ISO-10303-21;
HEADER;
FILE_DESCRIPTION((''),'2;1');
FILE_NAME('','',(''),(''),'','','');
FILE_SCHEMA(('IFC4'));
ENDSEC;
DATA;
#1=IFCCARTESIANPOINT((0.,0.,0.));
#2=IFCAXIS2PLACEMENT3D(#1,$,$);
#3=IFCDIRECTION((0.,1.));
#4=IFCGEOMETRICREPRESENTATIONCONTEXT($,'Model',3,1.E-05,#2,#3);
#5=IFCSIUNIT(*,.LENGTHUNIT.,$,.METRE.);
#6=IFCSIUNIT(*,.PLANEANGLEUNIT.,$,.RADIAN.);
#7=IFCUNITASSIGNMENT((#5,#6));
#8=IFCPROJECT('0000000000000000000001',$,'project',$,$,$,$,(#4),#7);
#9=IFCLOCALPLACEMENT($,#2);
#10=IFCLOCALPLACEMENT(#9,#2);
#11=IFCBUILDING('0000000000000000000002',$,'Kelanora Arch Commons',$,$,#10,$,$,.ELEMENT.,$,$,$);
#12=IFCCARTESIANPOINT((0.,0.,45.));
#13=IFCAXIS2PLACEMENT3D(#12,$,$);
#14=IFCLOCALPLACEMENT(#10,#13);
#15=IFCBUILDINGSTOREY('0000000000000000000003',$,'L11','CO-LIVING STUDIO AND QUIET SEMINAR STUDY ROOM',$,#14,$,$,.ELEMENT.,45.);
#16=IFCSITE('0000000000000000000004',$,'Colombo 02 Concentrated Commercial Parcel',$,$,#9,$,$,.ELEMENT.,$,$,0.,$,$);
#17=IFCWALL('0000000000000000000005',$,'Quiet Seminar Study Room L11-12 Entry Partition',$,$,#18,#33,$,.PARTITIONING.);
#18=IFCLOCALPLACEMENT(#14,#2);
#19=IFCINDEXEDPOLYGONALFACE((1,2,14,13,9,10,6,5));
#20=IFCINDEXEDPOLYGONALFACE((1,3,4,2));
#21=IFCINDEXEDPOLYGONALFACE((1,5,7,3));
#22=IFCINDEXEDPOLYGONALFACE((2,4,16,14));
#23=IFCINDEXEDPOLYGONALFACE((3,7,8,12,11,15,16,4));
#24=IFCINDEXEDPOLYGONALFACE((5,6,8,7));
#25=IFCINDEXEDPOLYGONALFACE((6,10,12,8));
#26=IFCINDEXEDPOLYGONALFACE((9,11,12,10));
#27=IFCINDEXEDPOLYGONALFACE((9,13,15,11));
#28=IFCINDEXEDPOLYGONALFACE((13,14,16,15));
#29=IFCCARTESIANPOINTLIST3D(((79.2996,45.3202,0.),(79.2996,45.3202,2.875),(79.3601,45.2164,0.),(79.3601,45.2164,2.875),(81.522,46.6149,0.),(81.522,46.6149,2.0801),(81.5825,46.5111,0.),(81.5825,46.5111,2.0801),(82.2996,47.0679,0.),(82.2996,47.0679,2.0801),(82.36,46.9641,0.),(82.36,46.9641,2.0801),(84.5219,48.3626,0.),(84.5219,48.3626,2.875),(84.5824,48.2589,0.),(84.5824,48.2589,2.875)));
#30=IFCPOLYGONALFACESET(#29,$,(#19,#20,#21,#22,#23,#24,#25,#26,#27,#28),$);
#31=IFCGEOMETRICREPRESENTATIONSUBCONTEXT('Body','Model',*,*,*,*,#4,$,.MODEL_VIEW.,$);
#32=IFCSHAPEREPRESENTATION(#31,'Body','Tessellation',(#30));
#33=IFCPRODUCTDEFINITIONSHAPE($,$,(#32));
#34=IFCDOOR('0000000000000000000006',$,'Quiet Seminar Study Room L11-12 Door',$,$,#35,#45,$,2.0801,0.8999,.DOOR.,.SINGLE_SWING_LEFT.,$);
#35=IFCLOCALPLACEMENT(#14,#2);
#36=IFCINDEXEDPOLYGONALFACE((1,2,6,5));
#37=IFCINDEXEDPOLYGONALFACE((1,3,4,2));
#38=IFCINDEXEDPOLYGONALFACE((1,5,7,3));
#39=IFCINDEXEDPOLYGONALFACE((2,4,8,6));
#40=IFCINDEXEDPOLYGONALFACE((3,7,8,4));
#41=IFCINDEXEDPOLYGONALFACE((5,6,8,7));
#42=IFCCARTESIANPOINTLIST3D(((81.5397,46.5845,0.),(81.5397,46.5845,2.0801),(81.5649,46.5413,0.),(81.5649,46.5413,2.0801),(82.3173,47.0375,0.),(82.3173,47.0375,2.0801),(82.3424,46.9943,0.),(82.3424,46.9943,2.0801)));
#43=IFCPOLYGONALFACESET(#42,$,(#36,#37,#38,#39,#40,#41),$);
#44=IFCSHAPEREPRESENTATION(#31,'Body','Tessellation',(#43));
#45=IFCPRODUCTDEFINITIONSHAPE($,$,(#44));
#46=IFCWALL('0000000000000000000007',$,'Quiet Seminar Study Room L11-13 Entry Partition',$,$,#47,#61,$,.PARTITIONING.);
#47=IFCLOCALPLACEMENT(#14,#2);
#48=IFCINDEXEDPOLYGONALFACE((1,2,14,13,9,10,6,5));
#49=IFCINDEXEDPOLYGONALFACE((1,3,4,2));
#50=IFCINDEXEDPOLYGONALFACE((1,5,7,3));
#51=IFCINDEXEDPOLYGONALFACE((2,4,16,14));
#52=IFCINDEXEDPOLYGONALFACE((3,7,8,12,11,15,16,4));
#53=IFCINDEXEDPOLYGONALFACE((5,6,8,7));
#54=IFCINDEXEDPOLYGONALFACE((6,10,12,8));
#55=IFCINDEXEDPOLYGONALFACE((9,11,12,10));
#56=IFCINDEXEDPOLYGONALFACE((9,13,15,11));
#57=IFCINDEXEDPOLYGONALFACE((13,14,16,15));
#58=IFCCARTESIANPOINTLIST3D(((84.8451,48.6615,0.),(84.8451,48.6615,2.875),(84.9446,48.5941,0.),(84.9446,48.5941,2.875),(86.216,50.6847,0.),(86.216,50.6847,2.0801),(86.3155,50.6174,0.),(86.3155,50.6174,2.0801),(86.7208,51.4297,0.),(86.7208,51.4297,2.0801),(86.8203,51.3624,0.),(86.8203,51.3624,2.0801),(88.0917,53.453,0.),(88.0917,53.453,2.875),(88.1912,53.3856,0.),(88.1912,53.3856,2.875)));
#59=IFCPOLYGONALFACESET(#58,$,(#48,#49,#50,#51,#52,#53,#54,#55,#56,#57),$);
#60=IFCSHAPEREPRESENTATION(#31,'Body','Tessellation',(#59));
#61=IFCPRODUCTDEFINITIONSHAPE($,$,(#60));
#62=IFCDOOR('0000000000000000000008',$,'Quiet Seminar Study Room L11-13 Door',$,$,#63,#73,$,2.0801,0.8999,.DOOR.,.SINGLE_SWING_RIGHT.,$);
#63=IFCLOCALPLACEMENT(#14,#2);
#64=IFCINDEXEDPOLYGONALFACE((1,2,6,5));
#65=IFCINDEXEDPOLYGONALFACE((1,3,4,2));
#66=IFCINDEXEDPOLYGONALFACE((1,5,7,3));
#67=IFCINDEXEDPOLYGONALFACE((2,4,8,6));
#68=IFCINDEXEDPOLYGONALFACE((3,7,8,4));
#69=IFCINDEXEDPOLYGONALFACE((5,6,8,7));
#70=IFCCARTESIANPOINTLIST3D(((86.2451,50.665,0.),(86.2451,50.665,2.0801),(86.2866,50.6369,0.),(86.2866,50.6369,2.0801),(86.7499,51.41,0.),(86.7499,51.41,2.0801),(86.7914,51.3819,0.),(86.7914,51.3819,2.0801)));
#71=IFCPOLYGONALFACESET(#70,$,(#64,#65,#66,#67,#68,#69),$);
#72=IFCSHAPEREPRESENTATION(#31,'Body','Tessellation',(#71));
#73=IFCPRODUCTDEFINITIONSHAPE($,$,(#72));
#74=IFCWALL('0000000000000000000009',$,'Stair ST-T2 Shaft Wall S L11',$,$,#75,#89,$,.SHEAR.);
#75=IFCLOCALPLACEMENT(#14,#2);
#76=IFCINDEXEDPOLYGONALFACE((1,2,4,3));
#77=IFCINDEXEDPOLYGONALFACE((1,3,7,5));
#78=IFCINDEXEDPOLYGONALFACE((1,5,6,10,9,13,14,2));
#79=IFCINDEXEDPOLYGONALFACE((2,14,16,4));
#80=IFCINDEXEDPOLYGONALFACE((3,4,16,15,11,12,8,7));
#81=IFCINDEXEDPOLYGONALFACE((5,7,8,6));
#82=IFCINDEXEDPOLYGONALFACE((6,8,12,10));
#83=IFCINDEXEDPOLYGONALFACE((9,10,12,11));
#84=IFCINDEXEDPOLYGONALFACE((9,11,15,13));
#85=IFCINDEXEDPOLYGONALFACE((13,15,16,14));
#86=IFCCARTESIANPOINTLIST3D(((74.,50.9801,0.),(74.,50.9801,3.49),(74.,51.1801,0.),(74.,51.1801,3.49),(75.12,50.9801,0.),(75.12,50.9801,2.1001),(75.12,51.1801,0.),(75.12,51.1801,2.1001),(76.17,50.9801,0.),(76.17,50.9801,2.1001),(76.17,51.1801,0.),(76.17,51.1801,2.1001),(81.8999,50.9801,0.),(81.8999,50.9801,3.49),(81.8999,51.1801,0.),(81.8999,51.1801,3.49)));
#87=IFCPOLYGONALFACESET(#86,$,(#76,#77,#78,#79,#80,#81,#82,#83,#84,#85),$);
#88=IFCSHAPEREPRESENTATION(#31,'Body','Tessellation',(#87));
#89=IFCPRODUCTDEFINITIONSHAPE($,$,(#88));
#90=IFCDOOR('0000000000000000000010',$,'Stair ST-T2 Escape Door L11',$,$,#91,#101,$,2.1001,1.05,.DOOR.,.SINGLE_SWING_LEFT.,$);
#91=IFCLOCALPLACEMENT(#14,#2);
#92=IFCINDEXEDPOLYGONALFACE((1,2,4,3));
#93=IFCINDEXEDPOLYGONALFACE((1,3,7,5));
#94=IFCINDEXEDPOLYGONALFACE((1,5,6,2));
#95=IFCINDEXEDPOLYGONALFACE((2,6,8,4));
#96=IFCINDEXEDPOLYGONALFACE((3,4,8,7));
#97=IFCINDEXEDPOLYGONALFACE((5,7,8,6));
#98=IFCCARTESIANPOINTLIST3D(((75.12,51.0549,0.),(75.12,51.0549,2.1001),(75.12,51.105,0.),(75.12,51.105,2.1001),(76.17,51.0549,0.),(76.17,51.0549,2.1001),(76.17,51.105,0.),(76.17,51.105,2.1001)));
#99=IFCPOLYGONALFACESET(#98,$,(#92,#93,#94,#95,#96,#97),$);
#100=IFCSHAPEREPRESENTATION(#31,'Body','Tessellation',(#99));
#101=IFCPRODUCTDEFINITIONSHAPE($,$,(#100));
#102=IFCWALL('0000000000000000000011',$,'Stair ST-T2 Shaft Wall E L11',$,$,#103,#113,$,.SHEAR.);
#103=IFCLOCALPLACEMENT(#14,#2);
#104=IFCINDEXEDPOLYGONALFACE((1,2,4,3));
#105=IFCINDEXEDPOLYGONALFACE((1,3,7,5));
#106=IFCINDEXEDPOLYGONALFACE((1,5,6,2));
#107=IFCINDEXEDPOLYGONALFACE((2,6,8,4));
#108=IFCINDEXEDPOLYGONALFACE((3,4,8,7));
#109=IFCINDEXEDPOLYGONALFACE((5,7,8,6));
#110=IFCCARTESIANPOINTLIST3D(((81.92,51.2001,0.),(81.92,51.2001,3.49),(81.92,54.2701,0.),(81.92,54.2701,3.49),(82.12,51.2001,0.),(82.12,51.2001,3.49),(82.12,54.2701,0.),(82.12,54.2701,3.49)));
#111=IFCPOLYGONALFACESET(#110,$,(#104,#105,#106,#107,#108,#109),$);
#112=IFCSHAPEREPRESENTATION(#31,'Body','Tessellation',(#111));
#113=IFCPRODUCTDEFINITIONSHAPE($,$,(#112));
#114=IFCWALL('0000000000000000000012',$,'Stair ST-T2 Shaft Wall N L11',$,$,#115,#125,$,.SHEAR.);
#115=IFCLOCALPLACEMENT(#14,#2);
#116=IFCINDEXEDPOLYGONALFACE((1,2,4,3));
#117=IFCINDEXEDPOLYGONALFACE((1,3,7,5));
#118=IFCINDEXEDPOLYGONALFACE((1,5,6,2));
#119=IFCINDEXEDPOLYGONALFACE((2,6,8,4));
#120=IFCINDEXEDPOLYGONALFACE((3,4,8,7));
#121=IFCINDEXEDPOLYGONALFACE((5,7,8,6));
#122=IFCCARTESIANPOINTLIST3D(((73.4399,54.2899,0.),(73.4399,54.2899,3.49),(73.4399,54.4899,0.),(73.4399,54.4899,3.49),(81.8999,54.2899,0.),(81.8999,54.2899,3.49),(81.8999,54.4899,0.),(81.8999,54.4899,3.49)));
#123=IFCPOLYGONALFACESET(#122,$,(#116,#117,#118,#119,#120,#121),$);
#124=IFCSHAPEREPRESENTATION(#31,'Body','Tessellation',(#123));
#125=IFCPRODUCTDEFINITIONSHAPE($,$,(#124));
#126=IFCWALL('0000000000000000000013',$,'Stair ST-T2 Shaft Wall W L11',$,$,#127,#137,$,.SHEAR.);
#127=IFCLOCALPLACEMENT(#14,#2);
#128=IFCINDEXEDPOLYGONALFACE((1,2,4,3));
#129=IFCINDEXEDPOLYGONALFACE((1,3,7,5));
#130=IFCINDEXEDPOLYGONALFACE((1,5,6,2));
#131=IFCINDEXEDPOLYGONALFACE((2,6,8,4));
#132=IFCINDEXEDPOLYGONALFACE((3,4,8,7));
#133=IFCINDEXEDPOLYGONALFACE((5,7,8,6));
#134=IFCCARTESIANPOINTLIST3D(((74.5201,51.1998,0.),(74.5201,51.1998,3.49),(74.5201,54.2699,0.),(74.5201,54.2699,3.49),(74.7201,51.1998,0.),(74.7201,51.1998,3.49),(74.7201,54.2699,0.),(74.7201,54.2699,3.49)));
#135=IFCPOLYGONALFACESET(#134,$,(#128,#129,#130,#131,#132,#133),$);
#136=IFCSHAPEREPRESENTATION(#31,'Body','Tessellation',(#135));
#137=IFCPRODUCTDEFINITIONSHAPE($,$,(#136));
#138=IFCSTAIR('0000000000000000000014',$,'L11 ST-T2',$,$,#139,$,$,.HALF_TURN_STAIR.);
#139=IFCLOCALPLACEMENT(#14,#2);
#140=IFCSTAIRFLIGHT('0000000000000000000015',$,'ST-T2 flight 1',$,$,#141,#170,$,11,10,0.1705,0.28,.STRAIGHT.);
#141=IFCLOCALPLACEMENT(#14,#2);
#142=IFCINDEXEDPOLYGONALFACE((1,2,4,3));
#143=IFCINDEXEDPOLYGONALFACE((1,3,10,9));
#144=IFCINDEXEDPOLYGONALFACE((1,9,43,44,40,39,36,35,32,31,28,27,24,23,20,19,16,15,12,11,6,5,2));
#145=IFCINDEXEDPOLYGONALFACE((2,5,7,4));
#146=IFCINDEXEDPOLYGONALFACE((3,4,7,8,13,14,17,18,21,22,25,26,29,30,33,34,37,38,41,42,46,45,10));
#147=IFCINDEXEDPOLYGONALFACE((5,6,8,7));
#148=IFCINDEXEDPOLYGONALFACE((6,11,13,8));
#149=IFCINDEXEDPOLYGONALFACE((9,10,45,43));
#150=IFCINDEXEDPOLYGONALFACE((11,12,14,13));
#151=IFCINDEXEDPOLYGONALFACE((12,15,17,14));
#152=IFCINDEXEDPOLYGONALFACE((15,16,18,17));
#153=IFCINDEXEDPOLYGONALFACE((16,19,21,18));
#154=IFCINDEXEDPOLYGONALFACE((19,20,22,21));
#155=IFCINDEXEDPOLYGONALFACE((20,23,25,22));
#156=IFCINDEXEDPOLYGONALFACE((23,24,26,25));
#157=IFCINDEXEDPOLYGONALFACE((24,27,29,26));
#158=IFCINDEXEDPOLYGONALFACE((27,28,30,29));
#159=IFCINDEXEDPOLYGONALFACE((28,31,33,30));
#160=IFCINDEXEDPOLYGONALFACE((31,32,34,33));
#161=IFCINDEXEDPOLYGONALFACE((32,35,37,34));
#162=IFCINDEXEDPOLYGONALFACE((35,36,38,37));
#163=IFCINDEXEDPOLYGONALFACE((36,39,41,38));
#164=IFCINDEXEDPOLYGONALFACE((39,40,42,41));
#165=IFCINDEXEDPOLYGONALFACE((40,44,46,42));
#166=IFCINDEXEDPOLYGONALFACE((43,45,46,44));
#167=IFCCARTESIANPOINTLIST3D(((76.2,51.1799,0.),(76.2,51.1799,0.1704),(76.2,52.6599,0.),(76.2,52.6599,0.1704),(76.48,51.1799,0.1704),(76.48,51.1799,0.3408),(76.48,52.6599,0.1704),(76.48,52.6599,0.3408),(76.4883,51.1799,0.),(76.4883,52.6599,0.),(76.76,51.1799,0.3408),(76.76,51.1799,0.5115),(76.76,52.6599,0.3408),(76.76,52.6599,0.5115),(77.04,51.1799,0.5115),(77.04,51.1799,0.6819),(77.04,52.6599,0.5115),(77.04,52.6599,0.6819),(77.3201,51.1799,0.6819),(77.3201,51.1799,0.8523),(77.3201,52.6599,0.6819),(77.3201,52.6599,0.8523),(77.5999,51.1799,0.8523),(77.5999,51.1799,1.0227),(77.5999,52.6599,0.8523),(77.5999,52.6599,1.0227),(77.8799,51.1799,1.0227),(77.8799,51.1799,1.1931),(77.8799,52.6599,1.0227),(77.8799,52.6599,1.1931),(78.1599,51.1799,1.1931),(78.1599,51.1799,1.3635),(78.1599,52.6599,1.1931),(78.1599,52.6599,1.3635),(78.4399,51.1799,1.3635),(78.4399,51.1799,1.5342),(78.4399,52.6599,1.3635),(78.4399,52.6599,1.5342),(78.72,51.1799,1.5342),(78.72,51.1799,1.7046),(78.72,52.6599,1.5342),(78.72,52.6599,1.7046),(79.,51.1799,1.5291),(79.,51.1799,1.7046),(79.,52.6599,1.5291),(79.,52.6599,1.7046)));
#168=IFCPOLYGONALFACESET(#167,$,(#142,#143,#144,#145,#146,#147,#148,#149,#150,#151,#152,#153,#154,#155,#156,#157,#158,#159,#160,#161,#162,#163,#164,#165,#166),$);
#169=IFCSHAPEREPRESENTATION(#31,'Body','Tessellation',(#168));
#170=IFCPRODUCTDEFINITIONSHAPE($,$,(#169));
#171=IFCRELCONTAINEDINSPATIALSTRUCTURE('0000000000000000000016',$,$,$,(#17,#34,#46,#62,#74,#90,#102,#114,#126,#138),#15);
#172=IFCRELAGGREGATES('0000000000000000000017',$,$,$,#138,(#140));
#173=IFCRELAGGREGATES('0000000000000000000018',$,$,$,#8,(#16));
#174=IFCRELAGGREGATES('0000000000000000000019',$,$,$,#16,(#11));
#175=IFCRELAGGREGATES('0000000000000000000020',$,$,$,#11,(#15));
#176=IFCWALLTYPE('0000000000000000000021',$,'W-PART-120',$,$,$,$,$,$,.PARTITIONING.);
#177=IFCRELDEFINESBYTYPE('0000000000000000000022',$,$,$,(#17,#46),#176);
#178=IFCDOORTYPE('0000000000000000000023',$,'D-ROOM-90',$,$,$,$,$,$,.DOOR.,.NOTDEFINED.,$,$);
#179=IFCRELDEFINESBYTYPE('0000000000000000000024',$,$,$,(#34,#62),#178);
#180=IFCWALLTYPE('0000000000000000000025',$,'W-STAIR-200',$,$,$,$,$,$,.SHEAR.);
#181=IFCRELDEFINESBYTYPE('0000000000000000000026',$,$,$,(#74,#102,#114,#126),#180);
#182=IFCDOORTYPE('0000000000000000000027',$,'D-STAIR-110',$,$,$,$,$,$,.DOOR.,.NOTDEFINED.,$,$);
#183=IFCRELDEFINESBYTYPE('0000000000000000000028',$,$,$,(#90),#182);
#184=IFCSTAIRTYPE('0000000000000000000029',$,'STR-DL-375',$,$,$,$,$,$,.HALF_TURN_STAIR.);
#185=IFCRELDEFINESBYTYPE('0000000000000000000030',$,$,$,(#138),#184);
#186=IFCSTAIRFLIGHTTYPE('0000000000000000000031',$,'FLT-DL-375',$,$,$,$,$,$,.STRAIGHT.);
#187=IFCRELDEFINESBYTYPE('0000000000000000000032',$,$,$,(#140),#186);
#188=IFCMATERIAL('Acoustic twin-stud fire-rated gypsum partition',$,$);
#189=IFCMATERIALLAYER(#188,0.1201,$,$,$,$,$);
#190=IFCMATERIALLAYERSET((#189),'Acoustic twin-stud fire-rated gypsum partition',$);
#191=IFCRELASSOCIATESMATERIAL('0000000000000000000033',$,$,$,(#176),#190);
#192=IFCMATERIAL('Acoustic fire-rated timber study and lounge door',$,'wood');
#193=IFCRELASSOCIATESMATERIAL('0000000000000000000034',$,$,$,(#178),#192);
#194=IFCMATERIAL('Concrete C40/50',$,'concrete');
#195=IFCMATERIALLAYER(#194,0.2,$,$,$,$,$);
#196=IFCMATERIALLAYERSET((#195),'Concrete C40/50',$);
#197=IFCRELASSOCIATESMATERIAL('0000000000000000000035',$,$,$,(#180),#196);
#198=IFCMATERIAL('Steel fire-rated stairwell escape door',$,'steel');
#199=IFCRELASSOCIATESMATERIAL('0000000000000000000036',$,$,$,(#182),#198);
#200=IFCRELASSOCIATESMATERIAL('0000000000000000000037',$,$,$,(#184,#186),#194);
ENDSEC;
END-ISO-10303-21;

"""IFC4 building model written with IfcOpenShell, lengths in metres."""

from ifc_helpers import new_model, si_unit, direction, frame, frame_2d, origin, place, context, subcontext, project, spatial, polyline, rectangle, outline, extrude, material, layer, layer_set, type_object, element, fill, aggregate, save


model = new_model("IFC4")

# Units and contexts
model_context = context("Model", 3, precision=1e-05, world=origin(), true_north=direction((0.0, 1.0)))
body_context = subcontext(model_context, "Body", "Model", "MODEL_VIEW")
ifc_project = project(units=[si_unit("LENGTHUNIT", "METRE"), si_unit("PLANEANGLEUNIT", "RADIAN")], contexts=[model_context])

# Site, building, storey
site_placement = place(None, origin())
site = spatial("IfcSite", under=ifc_project, at=site_placement, Name="Colombo 02 Concentrated Commercial Parcel", CompositionType="ELEMENT", RefElevation=0.0)
building_placement = place(site_placement, origin())
building = spatial("IfcBuilding", under=site, at=building_placement, Name="Kelanora Arch Commons", CompositionType="ELEMENT")
storey_placement = place(building_placement, frame((0.0, 0.0, 45.0)))
storey = spatial("IfcBuildingStorey", under=building, at=storey_placement, Name="L11", Description="CO-LIVING STUDIO AND QUIET SEMINAR STUDY ROOM", CompositionType="ELEMENT", Elevation=45.0)

# Shared definitions
ifc_material_1 = material(Name="Concrete C40/50", Category="concrete")

# Walls, openings, doors
ifc_material_2 = material(Name="Acoustic twin-stud fire-rated gypsum partition")
ifc_layer_1 = layer(ifc_material_2, 0.1201)
ifc_layer_set_1 = layer_set([ifc_layer_1], Name="Acoustic twin-stud fire-rated gypsum partition")
wall_type_1 = type_object("IfcWallType", Name="W-PART-120", PredefinedType="PARTITIONING", material=ifc_layer_set_1)
wall_1_placement = place(storey_placement, frame((79.3298, 45.2683, 0.0), z_axis=(0.0, 0.0, 1.0), x_axis=(0.864062, 0.503386, 0.0)))
wall_1 = element("IfcWall", 1, at=wall_1_placement, inside=storey, type_object=wall_type_1, Name="Quiet Seminar Study Room L11-12 Entry Partition", PredefinedType="PARTITIONING", context=body_context, shape_type="SweptSolid", body=[
    extrude(rectangle(XDim=6.0439, YDim=0.1201, at=frame_2d((3.022, 0.0))), origin(), (0.0, 0.0, 1.0), 2.875),
])
opening_1_placement = place(wall_1_placement, frame((2.572, 0.0, 0.0)))
opening_1 = element("IfcOpeningElement", 2, at=opening_1_placement, cuts=wall_1, PredefinedType="OPENING", context=body_context, shape_type="SweptSolid", body=[
    extrude(rectangle(XDim=0.8999, YDim=2.0801, at=frame_2d((0.45, 1.04))), frame((0.0, 0.0701, 0.0), z_axis=(0.0, -1.0, 0.0), x_axis=(1.0, 0.0, 0.0)), (0.0, 0.0, 1.0), 0.1401),
])
ifc_material_3 = material(Name="Acoustic fire-rated timber study and lounge door", Category="wood")
door_type_1 = type_object("IfcDoorType", Name="D-ROOM-90", OperationType="NOTDEFINED", PredefinedType="DOOR", material=ifc_material_3)
door_1_placement = place(opening_1_placement, origin())
door_1 = element("IfcDoor", 3, at=door_1_placement, inside=storey, type_object=door_type_1, Name="Quiet Seminar Study Room L11-12 Door", OperationType="SINGLE_SWING_LEFT", OverallHeight=2.0801, OverallWidth=0.8999, PredefinedType="DOOR", context=body_context, shape_type="SweptSolid", body=[
    extrude(rectangle(XDim=0.8999, YDim=2.0801, at=frame_2d((0.45, 1.04))), frame((0.0, 0.0249, 0.0), z_axis=(0.0, -1.0, 0.0), x_axis=(1.0, 0.0, 0.0)), (0.0, 0.0, 1.0), 0.05),
])
fill(opening_1, door_1)
wall_2_placement = place(storey_placement, frame((84.8948, 48.6277, 0.0), z_axis=(0.0, 0.0, 1.0), x_axis=(0.560934, 0.827861, 0.0)))
wall_2 = element("IfcWall", 4, at=wall_2_placement, inside=storey, type_object=wall_type_1, Name="Quiet Seminar Study Room L11-13 Entry Partition", PredefinedType="PARTITIONING", context=body_context, shape_type="SweptSolid", body=[
    extrude(rectangle(XDim=5.7878, YDim=0.1201, at=frame_2d((2.894, 0.0))), origin(), (0.0, 0.0, 1.0), 2.875),
])
opening_2_placement = place(wall_2_placement, frame((2.4441, 0.0, 0.0)))
opening_2 = element("IfcOpeningElement", 5, at=opening_2_placement, cuts=wall_2, PredefinedType="OPENING", context=body_context, shape_type="SweptSolid", body=[
    extrude(rectangle(XDim=0.8999, YDim=2.0801, at=frame_2d((0.45, 1.04))), frame((0.0, 0.0701, 0.0), z_axis=(0.0, -1.0, 0.0), x_axis=(1.0, 0.0, 0.0)), (0.0, 0.0, 1.0), 0.1401),
])
door_2_placement = place(opening_2_placement, origin())
door_2 = element("IfcDoor", 6, at=door_2_placement, inside=storey, type_object=door_type_1, Name="Quiet Seminar Study Room L11-13 Door", OperationType="SINGLE_SWING_RIGHT", OverallHeight=2.0801, OverallWidth=0.8999, PredefinedType="DOOR", context=body_context, shape_type="SweptSolid", body=[
    extrude(rectangle(XDim=0.8999, YDim=2.0801, at=frame_2d((0.45, 1.04))), frame((0.0, 0.0249, 0.0), z_axis=(0.0, -1.0, 0.0), x_axis=(1.0, 0.0, 0.0)), (0.0, 0.0, 1.0), 0.05),
])
fill(opening_2, door_2)
ifc_layer_2 = layer(ifc_material_1, 0.2)
ifc_layer_set_2 = layer_set([ifc_layer_2], Name="Concrete C40/50")
wall_type_2 = type_object("IfcWallType", Name="W-STAIR-200", PredefinedType="SHEAR", material=ifc_layer_set_2)
wall_3_placement = place(storey_placement, frame((74.0, 51.0801, 0.0), z_axis=(0.0, 0.0, 1.0), x_axis=(1.0, 0.0, 0.0)))
wall_3 = element("IfcWall", 7, at=wall_3_placement, inside=storey, type_object=wall_type_2, Name="Stair ST-T2 Shaft Wall S L11", PredefinedType="SHEAR", context=body_context, shape_type="SweptSolid", body=[
    extrude(rectangle(XDim=7.8999, YDim=0.2, at=frame_2d((3.95, 0.0))), origin(), (0.0, 0.0, 1.0), 3.49),
])
opening_3_placement = place(wall_3_placement, frame((1.1201, 0.0, 0.0)))
opening_3 = element("IfcOpeningElement", 8, at=opening_3_placement, cuts=wall_3, PredefinedType="OPENING", context=body_context, shape_type="SweptSolid", body=[
    extrude(rectangle(XDim=1.05, YDim=2.1001, at=frame_2d((0.5249, 1.05))), frame((0.0, 0.1099, 0.0), z_axis=(0.0, -1.0, 0.0), x_axis=(1.0, 0.0, 0.0)), (0.0, 0.0, 1.0), 0.22),
])
ifc_material_4 = material(Name="Steel fire-rated stairwell escape door", Category="steel")
door_type_2 = type_object("IfcDoorType", Name="D-STAIR-110", OperationType="NOTDEFINED", PredefinedType="DOOR", material=ifc_material_4)
door_3_placement = place(opening_3_placement, origin())
door_3 = element("IfcDoor", 9, at=door_3_placement, inside=storey, type_object=door_type_2, Name="Stair ST-T2 Escape Door L11", OperationType="SINGLE_SWING_LEFT", OverallHeight=2.1001, OverallWidth=1.05, PredefinedType="DOOR", context=body_context, shape_type="SweptSolid", body=[
    extrude(rectangle(XDim=1.05, YDim=2.1001, at=frame_2d((0.5249, 1.05))), frame((0.0, 0.0249, 0.0), z_axis=(0.0, -1.0, 0.0), x_axis=(1.0, 0.0, 0.0)), (0.0, 0.0, 1.0), 0.05),
])
fill(opening_3, door_3)

# Walls
wall_4_placement = place(storey_placement, frame((82.02, 51.2, 0.0), z_axis=(0.0, 0.0, 1.0), x_axis=(0.0, 1.0, 0.0)))
element("IfcWall", 10, at=wall_4_placement, inside=storey, type_object=wall_type_2, Name="Stair ST-T2 Shaft Wall E L11", PredefinedType="SHEAR", context=body_context, shape_type="SweptSolid", body=[
    extrude(rectangle(XDim=3.0701, YDim=0.2, at=frame_2d((1.5352, 0.0))), origin(), (0.0, 0.0, 1.0), 3.49),
])
wall_5_placement = place(storey_placement, frame((81.8999, 54.3899, 0.0), z_axis=(0.0, 0.0, 1.0), x_axis=(-1.0, 0.0, 0.0)))
element("IfcWall", 11, at=wall_5_placement, inside=storey, type_object=wall_type_2, Name="Stair ST-T2 Shaft Wall N L11", PredefinedType="SHEAR", context=body_context, shape_type="SweptSolid", body=[
    extrude(rectangle(XDim=8.46, YDim=0.2, at=frame_2d((4.23, 0.0))), origin(), (0.0, 0.0, 1.0), 3.49),
])
wall_6_placement = place(storey_placement, frame((74.6201, 54.27, 0.0), z_axis=(0.0, 0.0, 1.0), x_axis=(0.0, -1.0, 0.0)))
element("IfcWall", 12, at=wall_6_placement, inside=storey, type_object=wall_type_2, Name="Stair ST-T2 Shaft Wall W L11", PredefinedType="SHEAR", context=body_context, shape_type="SweptSolid", body=[
    extrude(rectangle(XDim=3.0701, YDim=0.2, at=frame_2d((1.5352, 0.0))), origin(), (0.0, 0.0, 1.0), 3.49),
])

# Stair, stair flight
stair_type = type_object("IfcStairType", Name="STR-DL-375", PredefinedType="HALF_TURN_STAIR", material=ifc_material_1)
stair_placement = place(storey_placement, origin())
stair = element("IfcStair", 13, at=stair_placement, inside=storey, type_object=stair_type, Name="L11 ST-T2", PredefinedType="HALF_TURN_STAIR")
stair_flight_type = type_object("IfcStairFlightType", Name="FLT-DL-375", PredefinedType="STRAIGHT", material=ifc_material_1)
stair_flight_1_placement = place(storey_placement, frame((76.2, 51.9199, 0.0), z_axis=(0.0, 0.0, 1.0), x_axis=(1.0, 0.0, 0.0)))
stair_flight_1 = element("IfcStairFlight", 14, at=stair_flight_1_placement, type_object=stair_flight_type, Name="ST-T2 flight 1", NumberOfRisers=11, NumberOfTreads=10, PredefinedType="STRAIGHT", RiserHeight=0.1705, TreadLength=0.28, context=body_context, shape_type="SweptSolid", body=[
    extrude(outline(polyline([(0.0, 0.0), (0.0, 0.1704), (0.28, 0.1704), (0.28, 0.3408), (0.5601, 0.3408), (0.5601, 0.5115), (0.8401, 0.5115), (0.8401, 0.6819), (1.1201, 0.6819), (1.1201, 0.8523), (1.3999, 0.8523), (1.3999, 1.0227), (1.6799, 1.0227), (1.6799, 1.1931), (1.96, 1.1931), (1.96, 1.3635), (2.24, 1.3635), (2.24, 1.5342), (2.52, 1.5342), (2.52, 1.7046), (2.8, 1.7046), (2.8, 1.875), (2.8, 1.5291), (0.2883, 0.0), (0.0, 0.0)])), frame((0.0, 0.74, 0.0), z_axis=(0.0, -1.0, 0.0), x_axis=(1.0, 0.0, 0.0)), (0.0, 0.0, 1.0), 1.48),
])
aggregate(stair, [stair_flight_1])

save(model, "model.ifc")
